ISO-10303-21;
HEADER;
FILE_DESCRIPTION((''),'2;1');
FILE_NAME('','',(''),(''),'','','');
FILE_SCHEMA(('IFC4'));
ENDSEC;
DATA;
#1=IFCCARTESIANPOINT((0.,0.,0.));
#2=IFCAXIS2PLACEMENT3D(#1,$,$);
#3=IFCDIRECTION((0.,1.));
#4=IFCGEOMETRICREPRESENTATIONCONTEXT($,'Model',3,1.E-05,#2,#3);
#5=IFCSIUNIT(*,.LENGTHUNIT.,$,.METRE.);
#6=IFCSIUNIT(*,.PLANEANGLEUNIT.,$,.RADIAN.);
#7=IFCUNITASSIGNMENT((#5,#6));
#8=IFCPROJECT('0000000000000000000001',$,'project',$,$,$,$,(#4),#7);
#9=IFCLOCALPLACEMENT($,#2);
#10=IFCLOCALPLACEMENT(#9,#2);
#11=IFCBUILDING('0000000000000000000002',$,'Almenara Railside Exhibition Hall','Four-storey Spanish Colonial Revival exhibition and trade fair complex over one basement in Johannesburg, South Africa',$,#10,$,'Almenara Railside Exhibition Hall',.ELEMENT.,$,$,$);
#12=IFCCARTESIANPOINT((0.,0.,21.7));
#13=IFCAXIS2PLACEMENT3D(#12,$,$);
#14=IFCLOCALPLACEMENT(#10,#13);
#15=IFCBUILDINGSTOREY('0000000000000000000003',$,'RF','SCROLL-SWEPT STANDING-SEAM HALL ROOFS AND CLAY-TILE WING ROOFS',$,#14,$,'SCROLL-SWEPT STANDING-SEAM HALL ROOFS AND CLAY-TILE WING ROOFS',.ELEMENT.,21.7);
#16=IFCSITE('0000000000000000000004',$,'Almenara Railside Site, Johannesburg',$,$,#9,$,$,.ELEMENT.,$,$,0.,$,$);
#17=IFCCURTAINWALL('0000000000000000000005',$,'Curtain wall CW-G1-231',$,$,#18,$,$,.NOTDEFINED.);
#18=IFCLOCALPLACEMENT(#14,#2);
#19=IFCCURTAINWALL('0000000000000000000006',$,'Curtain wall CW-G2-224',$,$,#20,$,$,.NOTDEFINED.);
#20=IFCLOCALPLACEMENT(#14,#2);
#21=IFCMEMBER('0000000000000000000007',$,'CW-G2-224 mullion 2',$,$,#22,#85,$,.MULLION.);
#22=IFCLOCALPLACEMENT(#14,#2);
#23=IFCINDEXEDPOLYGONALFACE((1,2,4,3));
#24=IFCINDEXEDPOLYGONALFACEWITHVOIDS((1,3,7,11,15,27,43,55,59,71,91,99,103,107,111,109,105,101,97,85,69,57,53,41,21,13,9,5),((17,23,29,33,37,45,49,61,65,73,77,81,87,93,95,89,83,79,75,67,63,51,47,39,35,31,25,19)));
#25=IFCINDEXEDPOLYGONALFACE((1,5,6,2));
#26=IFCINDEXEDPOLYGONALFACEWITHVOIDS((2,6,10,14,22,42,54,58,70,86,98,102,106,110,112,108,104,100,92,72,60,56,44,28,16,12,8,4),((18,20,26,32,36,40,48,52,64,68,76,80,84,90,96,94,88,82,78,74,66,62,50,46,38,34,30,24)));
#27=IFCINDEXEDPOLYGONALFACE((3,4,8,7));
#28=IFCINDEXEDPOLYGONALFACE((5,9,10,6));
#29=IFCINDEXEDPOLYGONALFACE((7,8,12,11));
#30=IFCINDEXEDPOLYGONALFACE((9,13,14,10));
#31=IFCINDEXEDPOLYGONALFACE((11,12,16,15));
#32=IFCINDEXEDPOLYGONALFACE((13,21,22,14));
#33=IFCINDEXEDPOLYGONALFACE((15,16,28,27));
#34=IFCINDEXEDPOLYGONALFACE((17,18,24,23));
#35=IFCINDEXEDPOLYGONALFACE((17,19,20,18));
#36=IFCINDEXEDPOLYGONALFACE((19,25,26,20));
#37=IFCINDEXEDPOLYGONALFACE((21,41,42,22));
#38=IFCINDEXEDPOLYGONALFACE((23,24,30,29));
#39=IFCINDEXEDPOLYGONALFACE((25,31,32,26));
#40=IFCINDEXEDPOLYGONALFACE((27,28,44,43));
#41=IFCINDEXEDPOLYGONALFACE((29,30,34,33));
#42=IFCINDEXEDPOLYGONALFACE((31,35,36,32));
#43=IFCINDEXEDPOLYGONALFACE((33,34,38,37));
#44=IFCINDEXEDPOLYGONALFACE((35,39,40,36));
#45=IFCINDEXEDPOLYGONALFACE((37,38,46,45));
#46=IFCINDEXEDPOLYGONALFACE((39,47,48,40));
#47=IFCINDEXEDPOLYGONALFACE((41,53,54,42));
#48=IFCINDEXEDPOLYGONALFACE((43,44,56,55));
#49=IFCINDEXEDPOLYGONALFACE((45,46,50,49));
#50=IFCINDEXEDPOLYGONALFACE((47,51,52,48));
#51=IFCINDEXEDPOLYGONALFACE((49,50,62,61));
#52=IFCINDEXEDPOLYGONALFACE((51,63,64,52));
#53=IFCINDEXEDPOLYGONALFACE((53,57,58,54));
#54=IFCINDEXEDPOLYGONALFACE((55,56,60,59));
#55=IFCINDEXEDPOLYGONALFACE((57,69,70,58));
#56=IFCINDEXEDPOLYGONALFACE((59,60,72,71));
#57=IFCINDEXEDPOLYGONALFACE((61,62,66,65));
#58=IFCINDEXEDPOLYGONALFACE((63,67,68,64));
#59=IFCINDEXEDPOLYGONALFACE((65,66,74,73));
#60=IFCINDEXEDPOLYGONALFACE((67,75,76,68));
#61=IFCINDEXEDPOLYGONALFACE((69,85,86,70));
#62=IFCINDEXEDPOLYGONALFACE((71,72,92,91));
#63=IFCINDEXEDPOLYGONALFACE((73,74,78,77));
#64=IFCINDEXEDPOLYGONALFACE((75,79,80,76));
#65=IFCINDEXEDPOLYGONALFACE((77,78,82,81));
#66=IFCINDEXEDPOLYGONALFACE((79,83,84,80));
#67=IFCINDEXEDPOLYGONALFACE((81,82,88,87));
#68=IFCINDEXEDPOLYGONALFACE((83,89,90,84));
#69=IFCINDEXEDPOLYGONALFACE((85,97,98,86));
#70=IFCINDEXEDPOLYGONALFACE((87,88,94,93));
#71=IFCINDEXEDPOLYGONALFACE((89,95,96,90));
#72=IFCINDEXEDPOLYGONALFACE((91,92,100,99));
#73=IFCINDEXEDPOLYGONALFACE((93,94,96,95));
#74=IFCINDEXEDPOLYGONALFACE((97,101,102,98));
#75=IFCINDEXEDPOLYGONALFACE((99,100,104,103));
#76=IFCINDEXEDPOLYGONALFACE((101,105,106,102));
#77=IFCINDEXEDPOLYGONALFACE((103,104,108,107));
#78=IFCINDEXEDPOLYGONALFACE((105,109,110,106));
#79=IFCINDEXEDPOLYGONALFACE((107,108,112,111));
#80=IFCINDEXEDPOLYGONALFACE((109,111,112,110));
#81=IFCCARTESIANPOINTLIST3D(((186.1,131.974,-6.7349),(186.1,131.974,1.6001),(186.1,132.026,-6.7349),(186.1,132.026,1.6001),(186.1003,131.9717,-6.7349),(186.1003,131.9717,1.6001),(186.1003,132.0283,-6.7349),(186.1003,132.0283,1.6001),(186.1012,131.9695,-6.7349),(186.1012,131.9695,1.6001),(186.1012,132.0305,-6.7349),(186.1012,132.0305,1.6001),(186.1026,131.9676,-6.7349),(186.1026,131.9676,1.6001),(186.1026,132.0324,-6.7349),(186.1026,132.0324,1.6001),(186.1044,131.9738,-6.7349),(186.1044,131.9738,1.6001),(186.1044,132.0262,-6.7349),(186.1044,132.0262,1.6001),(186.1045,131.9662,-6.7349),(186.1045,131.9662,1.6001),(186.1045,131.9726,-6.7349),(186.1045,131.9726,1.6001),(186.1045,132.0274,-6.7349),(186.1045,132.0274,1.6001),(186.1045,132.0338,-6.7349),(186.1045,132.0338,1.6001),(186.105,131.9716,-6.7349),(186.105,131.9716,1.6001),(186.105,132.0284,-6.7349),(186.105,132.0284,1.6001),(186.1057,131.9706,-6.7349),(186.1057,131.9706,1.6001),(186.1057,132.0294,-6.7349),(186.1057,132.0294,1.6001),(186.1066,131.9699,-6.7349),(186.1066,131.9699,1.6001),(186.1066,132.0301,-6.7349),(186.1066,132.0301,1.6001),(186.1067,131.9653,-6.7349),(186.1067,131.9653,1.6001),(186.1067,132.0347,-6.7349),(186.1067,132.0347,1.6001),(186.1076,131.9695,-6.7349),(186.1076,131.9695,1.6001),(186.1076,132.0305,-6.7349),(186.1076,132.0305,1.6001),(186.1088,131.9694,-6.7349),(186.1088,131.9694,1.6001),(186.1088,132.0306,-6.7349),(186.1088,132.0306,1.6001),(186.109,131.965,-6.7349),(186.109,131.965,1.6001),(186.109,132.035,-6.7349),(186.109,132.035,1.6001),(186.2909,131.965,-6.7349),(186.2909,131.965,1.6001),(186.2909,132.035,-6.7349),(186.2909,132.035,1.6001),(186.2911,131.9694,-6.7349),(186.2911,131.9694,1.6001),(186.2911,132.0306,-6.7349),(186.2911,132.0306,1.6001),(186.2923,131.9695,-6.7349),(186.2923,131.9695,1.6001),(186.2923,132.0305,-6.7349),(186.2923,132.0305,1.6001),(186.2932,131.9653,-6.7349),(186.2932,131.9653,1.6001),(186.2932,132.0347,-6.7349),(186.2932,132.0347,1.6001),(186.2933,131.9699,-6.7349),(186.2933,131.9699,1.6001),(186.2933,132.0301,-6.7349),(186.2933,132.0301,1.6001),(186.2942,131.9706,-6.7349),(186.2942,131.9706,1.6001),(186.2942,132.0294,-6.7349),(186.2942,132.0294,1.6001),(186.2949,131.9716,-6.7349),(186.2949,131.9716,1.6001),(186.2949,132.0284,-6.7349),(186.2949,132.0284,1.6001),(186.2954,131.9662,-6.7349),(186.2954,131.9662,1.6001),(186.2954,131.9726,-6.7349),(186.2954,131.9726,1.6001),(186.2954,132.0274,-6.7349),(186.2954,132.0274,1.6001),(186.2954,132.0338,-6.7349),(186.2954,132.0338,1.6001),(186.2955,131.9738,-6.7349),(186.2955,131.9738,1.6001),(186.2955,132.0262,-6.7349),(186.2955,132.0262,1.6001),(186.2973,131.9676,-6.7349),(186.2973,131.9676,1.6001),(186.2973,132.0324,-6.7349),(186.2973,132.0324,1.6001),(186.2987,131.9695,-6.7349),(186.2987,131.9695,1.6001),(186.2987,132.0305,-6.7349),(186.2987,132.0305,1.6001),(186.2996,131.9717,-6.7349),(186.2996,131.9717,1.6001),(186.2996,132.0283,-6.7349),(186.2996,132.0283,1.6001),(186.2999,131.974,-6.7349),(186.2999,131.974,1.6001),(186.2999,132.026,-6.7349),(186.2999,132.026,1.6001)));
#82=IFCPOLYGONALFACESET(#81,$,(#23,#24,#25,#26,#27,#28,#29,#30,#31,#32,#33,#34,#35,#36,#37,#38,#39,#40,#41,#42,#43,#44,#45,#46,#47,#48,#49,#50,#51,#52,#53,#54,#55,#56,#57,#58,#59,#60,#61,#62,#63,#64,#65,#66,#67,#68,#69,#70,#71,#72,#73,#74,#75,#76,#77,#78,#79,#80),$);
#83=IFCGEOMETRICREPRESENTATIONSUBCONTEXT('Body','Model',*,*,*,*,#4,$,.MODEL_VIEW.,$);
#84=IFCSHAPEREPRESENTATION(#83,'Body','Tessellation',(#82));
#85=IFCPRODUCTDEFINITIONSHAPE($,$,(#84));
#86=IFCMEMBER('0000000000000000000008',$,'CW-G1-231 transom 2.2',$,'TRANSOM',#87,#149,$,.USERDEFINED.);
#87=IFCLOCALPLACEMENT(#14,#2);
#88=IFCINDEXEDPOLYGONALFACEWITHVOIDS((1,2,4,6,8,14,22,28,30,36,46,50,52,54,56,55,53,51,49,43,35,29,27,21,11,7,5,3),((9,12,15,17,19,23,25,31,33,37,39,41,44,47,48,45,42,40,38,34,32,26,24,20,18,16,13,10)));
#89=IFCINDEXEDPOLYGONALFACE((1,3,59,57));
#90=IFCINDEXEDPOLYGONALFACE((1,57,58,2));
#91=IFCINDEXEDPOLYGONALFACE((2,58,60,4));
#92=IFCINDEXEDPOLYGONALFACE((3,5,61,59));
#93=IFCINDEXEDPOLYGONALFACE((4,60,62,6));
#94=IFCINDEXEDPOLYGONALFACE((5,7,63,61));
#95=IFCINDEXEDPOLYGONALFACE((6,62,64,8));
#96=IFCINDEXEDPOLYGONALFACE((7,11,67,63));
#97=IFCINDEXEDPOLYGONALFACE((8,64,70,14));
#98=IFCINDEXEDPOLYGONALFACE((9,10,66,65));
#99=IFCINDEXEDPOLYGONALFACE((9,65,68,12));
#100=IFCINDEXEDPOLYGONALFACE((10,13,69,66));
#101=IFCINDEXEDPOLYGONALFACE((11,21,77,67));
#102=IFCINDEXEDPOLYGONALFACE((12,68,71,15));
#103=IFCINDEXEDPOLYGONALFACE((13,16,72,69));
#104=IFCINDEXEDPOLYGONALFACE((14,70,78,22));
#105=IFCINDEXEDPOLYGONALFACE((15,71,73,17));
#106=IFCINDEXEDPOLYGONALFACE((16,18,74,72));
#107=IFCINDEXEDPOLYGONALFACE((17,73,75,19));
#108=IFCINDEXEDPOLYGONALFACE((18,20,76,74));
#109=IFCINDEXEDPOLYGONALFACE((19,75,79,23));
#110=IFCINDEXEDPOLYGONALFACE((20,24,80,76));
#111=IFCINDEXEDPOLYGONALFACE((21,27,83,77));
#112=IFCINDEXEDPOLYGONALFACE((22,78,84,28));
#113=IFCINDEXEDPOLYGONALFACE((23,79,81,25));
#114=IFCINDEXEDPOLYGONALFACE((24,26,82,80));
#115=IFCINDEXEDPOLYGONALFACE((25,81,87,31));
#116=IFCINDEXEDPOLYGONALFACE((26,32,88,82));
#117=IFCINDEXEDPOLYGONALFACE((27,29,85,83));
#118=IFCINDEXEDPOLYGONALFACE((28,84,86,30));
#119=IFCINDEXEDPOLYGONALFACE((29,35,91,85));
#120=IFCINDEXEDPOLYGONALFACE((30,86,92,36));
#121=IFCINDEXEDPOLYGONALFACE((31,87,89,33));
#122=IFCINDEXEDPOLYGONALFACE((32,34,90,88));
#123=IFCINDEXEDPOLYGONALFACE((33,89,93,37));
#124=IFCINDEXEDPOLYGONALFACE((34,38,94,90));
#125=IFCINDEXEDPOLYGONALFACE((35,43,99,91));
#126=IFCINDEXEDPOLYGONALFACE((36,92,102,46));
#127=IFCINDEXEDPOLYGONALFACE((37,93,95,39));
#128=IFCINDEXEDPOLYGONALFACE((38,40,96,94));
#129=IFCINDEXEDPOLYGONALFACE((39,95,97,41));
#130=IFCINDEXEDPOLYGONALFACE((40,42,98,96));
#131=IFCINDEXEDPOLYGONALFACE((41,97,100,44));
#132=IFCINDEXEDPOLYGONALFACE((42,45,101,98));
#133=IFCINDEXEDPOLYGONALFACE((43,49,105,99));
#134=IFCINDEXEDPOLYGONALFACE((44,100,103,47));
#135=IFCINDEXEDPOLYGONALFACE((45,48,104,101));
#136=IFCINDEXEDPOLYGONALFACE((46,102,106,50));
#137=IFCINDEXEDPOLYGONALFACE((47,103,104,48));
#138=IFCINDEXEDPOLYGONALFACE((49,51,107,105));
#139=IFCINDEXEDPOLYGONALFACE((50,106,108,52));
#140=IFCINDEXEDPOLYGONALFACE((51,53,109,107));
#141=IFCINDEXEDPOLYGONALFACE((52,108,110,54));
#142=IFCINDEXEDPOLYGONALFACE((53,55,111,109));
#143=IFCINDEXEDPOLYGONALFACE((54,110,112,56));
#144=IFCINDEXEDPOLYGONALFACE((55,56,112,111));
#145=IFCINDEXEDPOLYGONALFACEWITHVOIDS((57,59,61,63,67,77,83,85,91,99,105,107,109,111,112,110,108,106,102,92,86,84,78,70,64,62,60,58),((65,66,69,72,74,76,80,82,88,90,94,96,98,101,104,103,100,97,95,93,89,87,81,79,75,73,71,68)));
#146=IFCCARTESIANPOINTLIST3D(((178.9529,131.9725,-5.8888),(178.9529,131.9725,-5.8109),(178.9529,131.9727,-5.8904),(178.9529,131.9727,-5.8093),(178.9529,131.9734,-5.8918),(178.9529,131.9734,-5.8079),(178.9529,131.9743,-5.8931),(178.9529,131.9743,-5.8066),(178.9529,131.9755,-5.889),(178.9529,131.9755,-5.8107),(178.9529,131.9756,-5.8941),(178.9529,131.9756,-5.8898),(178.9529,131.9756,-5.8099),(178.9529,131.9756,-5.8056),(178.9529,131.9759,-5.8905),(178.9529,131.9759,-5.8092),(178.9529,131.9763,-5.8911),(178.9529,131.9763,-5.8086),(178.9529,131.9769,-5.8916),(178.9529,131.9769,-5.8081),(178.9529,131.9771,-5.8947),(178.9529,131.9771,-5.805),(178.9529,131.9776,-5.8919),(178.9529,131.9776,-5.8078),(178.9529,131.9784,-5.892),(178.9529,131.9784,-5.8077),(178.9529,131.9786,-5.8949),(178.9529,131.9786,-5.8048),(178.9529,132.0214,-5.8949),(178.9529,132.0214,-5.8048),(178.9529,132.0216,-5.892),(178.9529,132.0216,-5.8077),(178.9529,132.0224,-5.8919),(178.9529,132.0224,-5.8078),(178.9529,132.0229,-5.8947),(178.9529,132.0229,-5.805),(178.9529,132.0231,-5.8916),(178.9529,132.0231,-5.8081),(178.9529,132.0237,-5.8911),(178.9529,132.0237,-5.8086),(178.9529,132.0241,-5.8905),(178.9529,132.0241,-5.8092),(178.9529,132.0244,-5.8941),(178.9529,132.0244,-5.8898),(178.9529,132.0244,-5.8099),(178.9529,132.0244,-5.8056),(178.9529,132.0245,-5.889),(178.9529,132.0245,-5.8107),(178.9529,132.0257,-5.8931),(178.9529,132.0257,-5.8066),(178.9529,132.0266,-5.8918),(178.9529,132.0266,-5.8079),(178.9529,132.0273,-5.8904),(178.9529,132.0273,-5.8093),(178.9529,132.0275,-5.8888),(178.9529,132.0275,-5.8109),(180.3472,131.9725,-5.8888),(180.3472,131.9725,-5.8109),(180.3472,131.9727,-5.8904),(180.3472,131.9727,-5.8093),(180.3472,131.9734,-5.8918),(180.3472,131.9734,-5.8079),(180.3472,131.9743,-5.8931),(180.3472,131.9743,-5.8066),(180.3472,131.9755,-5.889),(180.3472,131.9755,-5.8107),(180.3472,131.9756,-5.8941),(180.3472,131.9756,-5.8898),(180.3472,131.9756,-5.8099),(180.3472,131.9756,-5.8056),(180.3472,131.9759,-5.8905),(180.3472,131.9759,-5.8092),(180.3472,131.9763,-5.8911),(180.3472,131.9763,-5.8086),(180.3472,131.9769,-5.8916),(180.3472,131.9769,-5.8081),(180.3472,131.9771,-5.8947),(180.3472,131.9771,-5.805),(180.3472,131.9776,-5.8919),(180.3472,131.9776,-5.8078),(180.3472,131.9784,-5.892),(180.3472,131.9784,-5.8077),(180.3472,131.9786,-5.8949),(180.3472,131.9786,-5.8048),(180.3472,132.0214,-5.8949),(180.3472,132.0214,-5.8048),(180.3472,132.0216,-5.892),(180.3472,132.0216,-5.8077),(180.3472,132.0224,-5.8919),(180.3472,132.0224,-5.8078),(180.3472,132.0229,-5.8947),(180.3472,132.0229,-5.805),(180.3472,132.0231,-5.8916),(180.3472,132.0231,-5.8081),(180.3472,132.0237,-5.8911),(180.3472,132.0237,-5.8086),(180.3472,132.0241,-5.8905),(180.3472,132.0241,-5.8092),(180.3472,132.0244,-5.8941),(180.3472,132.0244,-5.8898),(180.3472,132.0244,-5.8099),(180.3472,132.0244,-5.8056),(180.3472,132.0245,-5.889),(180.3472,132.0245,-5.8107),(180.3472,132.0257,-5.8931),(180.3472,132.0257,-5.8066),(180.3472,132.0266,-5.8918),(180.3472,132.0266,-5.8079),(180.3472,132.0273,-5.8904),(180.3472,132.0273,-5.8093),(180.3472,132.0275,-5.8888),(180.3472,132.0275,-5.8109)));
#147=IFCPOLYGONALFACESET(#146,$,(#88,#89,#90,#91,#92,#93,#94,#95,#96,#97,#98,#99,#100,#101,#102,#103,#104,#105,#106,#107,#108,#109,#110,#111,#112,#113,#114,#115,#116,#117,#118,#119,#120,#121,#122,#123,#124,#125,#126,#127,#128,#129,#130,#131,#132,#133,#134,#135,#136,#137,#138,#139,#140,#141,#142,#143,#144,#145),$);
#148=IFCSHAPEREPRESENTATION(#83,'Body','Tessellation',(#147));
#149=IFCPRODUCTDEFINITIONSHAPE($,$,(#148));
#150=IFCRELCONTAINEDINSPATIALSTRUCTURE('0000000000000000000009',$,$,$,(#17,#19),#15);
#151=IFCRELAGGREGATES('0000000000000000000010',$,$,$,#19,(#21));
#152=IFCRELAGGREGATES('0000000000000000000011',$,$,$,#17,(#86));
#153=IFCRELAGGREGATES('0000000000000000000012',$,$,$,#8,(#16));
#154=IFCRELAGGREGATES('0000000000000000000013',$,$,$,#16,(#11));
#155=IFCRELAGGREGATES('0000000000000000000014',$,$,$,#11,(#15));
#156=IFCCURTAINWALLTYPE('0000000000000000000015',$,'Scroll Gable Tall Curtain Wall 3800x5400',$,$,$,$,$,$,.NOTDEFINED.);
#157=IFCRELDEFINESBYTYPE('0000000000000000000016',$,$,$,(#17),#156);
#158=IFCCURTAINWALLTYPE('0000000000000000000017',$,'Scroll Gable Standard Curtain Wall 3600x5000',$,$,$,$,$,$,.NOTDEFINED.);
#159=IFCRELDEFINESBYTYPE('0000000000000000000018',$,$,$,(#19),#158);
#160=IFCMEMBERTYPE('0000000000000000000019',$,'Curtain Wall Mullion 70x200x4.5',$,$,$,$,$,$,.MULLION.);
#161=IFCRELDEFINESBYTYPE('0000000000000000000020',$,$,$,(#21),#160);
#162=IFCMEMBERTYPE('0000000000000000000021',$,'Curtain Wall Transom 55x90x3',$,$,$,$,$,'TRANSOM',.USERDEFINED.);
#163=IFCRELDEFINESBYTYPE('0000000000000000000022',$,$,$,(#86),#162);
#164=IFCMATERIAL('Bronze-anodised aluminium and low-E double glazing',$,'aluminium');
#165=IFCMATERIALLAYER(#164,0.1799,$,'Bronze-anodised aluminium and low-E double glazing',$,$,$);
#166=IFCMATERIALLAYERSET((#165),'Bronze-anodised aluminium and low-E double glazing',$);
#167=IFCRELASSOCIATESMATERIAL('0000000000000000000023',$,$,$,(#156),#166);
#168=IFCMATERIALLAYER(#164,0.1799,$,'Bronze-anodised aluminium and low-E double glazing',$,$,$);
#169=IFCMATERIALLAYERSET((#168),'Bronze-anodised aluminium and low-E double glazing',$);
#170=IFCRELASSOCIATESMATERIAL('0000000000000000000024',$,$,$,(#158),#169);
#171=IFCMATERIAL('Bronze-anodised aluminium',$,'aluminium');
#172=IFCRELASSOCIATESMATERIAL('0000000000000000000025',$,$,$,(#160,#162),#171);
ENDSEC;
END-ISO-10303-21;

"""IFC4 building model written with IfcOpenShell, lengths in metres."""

from ifc_helpers import new_model, si_unit, direction, frame, origin, origin_2d, place, context, subcontext, project, spatial, hollow_rectangle, extrude, material, layer, layer_set, material_profile, profile_set, type_object, element, aggregate, save


model = new_model("IFC4")

# Units and contexts
model_context = context("Model", 3, precision=1e-05, world=origin(), true_north=direction((0.0, 1.0)))
body_context = subcontext(model_context, "Body", "Model", "MODEL_VIEW")
ifc_project = project(units=[si_unit("LENGTHUNIT", "METRE"), si_unit("PLANEANGLEUNIT", "RADIAN")], contexts=[model_context])

# Site, building, storey
site_placement = place(None, origin())
site = spatial("IfcSite", under=ifc_project, at=site_placement, Name="Almenara Railside Site, Johannesburg", CompositionType="ELEMENT", RefElevation=0.0)
building_placement = place(site_placement, origin())
building = spatial("IfcBuilding", under=site, at=building_placement, Name="Almenara Railside Exhibition Hall", Description="Four-storey Spanish Colonial Revival exhibition and trade fair complex over one basement in Johannesburg, South Africa", LongName="Almenara Railside Exhibition Hall", CompositionType="ELEMENT")
storey_placement = place(building_placement, frame((0.0, 0.0, 21.7)))
storey = spatial("IfcBuildingStorey", under=building, at=storey_placement, Name="RF", Description="SCROLL-SWEPT STANDING-SEAM HALL ROOFS AND CLAY-TILE WING ROOFS", LongName="SCROLL-SWEPT STANDING-SEAM HALL ROOFS AND CLAY-TILE WING ROOFS", CompositionType="ELEMENT", Elevation=21.7)

# Curtain walls, member
ifc_material_1 = material(Name="Bronze-anodised aluminium and low-E double glazing", Category="aluminium")
ifc_layer_1 = layer(ifc_material_1, 0.1799, Name="Bronze-anodised aluminium and low-E double glazing")
ifc_layer_set_1 = layer_set([ifc_layer_1], Name="Bronze-anodised aluminium and low-E double glazing")
curtain_wall_type_1 = type_object("IfcCurtainWallType", Name="Scroll Gable Tall Curtain Wall 3800x5400", PredefinedType="NOTDEFINED", material=ifc_layer_set_1)
curtain_wall_1_placement = place(storey_placement, origin())
curtain_wall_1 = element("IfcCurtainWall", 1, at=curtain_wall_1_placement, inside=storey, type_object=curtain_wall_type_1, Name="Curtain wall CW-G1-231", PredefinedType="NOTDEFINED")
ifc_material_2 = material(Name="Bronze-anodised aluminium", Category="aluminium")
ifc_layer_2 = layer(ifc_material_1, 0.1799, Name="Bronze-anodised aluminium and low-E double glazing")
ifc_layer_set_2 = layer_set([ifc_layer_2], Name="Bronze-anodised aluminium and low-E double glazing")
curtain_wall_type_2 = type_object("IfcCurtainWallType", Name="Scroll Gable Standard Curtain Wall 3600x5000", PredefinedType="NOTDEFINED", material=ifc_layer_set_2)
curtain_wall_2_placement = place(storey_placement, origin())
curtain_wall_2 = element("IfcCurtainWall", 2, at=curtain_wall_2_placement, inside=storey, type_object=curtain_wall_type_2, Name="Curtain wall CW-G2-224", PredefinedType="NOTDEFINED")
ifc_material_profile_1 = material_profile(ifc_material_2, hollow_rectangle(XDim=0.0701, YDim=0.2, WallThickness=0.0044, InnerFilletRadius=0.0044, OuterFilletRadius=0.009, at=origin_2d()), Name="ALU-MUL 70x200x4.5")
ifc_profile_set_1 = profile_set([ifc_material_profile_1], Name="Bronze-anodised aluminium")
member_type_1 = type_object("IfcMemberType", Name="Curtain Wall Mullion 70x200x4.5", PredefinedType="MULLION", material=ifc_profile_set_1)
member_1_placement = place(storey_placement, frame((186.2, 132.0, -6.7349), z_axis=(0.0, 0.0, 1.0), x_axis=(0.0, 1.0, 0.0)))
member_1 = element("IfcMember", 3, at=member_1_placement, type_object=member_type_1, Name="CW-G2-224 mullion 2", PredefinedType="MULLION", context=body_context, shape_type="SweptSolid", body=[
    extrude(hollow_rectangle(XDim=0.0701, YDim=0.2, WallThickness=0.0044, InnerFilletRadius=0.0044, OuterFilletRadius=0.009, at=origin_2d()), origin(), (0.0, 0.0, 1.0), 8.335),
])

# Member
ifc_material_profile_2 = material_profile(ifc_material_2, hollow_rectangle(XDim=0.0549, YDim=0.0901, WallThickness=0.0029, InnerFilletRadius=0.0029, OuterFilletRadius=0.0061, at=origin_2d()), Name="ALU-TRN 55x90x3")
ifc_profile_set_2 = profile_set([ifc_material_profile_2], Name="Bronze-anodised aluminium")
member_type_2 = type_object("IfcMemberType", Name="Curtain Wall Transom 55x90x3", ElementType="TRANSOM", PredefinedType="USERDEFINED", material=ifc_profile_set_2)
member_2_placement = place(storey_placement, frame((178.9529, 132.0, -5.8499), z_axis=(1.0, 0.0, 0.0), x_axis=(0.0, 1.0, 0.0)))
member_2 = element("IfcMember", 4, at=member_2_placement, type_object=member_type_2, Name="CW-G1-231 transom 2.2", ObjectType="TRANSOM", PredefinedType="USERDEFINED", context=body_context, shape_type="SweptSolid", body=[
    extrude(hollow_rectangle(XDim=0.0549, YDim=0.0901, WallThickness=0.0029, InnerFilletRadius=0.0029, OuterFilletRadius=0.0061, at=origin_2d()), origin(), (0.0, 0.0, 1.0), 1.3943),
])

aggregate(curtain_wall_2, [member_1])
aggregate(curtain_wall_1, [member_2])

save(model, "model.ifc")
